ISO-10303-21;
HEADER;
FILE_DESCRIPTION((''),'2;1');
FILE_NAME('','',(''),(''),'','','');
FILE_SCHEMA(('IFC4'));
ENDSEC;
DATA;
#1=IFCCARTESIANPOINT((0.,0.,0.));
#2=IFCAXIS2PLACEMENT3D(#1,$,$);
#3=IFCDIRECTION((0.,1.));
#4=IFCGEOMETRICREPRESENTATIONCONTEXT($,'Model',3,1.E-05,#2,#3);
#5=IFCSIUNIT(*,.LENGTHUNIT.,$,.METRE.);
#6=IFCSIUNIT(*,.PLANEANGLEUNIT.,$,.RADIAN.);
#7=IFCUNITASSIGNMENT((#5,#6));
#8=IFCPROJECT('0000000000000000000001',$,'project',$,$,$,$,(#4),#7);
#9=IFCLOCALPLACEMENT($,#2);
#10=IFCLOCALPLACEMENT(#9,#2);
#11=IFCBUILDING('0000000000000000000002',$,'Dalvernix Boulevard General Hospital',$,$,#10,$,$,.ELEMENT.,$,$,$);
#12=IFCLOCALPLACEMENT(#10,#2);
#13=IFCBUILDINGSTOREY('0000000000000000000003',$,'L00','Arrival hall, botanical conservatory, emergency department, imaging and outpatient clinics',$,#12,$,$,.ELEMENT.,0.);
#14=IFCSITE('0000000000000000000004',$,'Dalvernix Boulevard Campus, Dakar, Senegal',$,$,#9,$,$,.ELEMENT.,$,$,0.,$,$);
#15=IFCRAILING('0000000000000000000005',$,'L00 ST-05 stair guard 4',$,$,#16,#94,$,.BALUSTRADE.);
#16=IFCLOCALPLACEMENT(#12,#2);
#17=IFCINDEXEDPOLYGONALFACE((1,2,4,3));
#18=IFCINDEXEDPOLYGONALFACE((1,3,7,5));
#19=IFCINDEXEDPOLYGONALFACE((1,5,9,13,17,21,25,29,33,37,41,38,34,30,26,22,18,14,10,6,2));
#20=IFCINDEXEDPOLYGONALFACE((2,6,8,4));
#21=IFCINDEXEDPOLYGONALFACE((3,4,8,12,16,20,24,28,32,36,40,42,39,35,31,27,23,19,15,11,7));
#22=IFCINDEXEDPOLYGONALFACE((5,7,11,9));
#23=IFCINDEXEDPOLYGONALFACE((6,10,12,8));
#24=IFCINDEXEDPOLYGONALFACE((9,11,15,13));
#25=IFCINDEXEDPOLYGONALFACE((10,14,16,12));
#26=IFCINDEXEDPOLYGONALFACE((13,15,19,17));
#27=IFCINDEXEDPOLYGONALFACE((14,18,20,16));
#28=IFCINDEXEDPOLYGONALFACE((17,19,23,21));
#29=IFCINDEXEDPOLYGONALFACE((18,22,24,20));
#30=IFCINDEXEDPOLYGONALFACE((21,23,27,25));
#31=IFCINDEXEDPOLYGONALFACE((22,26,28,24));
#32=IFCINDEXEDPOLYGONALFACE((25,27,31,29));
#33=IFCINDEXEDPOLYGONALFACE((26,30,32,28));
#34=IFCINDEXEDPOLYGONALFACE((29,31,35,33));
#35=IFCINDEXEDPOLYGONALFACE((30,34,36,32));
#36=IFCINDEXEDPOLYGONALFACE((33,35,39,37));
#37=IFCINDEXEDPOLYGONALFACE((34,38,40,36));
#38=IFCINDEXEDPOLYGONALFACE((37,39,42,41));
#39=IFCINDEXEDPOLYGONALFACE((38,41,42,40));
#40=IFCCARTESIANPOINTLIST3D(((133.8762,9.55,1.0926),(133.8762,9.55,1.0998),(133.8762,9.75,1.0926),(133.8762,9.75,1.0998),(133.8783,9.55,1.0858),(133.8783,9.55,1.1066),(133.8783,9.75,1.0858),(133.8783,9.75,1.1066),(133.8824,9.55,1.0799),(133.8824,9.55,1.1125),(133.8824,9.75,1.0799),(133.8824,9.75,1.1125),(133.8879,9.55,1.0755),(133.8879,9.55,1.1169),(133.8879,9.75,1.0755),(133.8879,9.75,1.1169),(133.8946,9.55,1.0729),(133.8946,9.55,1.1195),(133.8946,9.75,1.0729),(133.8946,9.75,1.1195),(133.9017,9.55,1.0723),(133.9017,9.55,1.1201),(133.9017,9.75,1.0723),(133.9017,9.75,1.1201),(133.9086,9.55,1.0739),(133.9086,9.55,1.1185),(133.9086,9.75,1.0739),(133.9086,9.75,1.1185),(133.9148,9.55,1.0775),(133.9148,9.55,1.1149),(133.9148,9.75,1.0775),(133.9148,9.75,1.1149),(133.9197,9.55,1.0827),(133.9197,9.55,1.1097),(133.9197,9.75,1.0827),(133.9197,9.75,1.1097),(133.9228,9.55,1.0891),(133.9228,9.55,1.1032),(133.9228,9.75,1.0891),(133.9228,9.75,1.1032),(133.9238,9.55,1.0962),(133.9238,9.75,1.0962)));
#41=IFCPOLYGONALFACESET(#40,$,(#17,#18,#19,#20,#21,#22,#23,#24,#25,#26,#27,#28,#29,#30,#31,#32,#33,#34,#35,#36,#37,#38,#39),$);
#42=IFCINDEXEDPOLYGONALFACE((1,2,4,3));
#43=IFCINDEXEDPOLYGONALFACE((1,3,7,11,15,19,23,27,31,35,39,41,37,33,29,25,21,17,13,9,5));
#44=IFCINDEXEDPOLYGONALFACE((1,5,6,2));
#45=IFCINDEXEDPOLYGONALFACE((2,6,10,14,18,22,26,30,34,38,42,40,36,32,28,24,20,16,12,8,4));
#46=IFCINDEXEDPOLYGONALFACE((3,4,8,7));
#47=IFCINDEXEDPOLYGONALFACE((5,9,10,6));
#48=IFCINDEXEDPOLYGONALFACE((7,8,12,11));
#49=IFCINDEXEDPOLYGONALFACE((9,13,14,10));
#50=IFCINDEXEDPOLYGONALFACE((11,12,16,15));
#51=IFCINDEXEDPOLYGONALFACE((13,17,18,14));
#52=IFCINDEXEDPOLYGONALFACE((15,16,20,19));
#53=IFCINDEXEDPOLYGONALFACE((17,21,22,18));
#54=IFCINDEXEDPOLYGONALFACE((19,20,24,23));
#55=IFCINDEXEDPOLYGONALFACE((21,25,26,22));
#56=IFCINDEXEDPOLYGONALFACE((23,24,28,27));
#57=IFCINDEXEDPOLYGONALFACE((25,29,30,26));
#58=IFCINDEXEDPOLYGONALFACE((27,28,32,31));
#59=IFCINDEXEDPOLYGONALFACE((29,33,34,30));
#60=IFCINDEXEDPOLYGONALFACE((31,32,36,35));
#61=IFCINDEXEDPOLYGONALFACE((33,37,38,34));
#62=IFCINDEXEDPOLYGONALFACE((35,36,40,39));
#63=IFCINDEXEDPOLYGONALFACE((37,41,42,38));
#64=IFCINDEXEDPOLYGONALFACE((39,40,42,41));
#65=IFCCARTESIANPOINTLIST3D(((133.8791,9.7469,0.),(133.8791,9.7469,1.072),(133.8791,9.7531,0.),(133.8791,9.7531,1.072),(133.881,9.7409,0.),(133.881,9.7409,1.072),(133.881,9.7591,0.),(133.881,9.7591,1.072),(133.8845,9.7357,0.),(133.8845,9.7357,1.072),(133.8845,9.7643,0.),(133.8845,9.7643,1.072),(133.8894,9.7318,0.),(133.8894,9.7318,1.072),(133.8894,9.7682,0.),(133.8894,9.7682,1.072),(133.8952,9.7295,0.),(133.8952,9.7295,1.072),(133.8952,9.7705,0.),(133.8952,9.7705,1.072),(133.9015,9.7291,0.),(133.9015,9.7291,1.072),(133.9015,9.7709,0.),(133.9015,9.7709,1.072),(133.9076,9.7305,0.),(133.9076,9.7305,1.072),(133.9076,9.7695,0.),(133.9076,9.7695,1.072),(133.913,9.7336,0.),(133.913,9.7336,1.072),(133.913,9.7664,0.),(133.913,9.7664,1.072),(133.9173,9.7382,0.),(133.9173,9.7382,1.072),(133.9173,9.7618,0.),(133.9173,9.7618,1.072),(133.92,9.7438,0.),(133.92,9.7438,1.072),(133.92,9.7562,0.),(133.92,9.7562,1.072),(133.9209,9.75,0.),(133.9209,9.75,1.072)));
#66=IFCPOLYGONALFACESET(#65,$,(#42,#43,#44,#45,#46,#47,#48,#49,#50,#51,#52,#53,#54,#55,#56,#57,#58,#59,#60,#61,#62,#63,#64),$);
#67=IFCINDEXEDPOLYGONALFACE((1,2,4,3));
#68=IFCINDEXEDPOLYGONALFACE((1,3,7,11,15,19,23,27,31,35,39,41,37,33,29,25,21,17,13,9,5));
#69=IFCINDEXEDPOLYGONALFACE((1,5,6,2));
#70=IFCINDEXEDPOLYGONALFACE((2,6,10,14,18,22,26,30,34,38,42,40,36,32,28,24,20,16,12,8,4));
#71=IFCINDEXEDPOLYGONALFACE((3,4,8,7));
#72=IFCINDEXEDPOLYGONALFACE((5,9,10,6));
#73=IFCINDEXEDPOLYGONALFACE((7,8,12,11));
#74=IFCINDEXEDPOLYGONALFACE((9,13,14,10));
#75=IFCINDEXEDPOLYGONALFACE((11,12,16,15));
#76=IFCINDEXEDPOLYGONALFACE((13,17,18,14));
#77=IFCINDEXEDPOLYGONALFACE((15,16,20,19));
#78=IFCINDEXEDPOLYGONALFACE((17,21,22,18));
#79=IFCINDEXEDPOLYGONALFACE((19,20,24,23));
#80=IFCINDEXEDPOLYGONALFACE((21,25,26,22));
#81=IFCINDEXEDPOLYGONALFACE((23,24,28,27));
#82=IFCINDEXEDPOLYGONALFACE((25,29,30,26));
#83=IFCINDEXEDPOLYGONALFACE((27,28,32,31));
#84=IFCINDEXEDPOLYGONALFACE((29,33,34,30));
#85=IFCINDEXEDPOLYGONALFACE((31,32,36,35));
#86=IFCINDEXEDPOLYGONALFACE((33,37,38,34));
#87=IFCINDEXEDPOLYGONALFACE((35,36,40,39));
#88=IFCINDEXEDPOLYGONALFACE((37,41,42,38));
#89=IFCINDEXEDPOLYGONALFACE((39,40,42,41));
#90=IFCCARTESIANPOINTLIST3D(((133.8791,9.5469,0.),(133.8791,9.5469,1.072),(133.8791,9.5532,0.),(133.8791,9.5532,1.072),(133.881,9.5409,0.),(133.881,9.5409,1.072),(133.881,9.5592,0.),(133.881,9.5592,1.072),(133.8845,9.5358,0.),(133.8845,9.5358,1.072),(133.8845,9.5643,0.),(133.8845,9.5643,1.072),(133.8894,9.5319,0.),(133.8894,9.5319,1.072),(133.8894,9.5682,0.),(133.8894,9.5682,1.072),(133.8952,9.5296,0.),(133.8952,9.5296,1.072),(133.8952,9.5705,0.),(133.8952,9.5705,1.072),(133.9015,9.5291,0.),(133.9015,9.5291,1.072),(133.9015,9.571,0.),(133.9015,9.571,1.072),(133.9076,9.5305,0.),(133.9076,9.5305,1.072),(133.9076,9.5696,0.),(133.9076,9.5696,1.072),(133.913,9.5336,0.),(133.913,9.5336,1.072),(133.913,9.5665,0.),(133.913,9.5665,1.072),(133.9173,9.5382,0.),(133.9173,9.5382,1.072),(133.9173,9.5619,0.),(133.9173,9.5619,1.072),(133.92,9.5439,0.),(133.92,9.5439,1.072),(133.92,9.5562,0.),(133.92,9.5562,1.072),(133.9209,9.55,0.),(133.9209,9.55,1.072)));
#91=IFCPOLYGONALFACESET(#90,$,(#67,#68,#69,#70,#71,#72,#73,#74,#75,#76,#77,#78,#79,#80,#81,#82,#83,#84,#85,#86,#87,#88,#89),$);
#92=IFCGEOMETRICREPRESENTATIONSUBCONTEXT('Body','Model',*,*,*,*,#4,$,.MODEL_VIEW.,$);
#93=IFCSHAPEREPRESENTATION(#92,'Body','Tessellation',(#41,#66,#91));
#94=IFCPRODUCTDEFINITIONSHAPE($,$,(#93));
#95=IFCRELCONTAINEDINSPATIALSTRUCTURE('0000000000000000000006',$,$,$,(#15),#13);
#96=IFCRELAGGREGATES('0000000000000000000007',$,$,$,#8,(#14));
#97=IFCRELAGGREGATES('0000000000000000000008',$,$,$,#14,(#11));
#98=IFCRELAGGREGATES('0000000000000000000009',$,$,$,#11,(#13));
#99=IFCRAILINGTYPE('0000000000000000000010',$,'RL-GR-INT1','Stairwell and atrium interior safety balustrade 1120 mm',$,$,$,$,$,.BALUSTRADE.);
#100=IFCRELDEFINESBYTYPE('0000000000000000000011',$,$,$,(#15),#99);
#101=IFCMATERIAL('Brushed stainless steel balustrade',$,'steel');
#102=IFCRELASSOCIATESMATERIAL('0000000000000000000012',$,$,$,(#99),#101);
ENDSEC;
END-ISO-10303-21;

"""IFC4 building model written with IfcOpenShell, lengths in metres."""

from ifc_helpers import new_model, si_unit, direction, frame, origin, origin_2d, place, context, subcontext, project, spatial, circle, extrude, material, type_object, element, save


model = new_model("IFC4")

# Units and contexts
model_context = context("Model", 3, precision=1e-05, world=origin(), true_north=direction((0.0, 1.0)))
body_context = subcontext(model_context, "Body", "Model", "MODEL_VIEW")
ifc_project = project(units=[si_unit("LENGTHUNIT", "METRE"), si_unit("PLANEANGLEUNIT", "RADIAN")], contexts=[model_context])

# Site, building, storey
site_placement = place(None, origin())
site = spatial("IfcSite", under=ifc_project, at=site_placement, Name="Dalvernix Boulevard Campus, Dakar, Senegal", CompositionType="ELEMENT", RefElevation=0.0)
building_placement = place(site_placement, origin())
building = spatial("IfcBuilding", under=site, at=building_placement, Name="Dalvernix Boulevard General Hospital", CompositionType="ELEMENT")
storey_placement = place(building_placement, origin())
storey = spatial("IfcBuildingStorey", under=building, at=storey_placement, Name="L00", Description="Arrival hall, botanical conservatory, emergency department, imaging and outpatient clinics", CompositionType="ELEMENT", Elevation=0.0)

# Railing
ifc_material_1 = material(Name="Brushed stainless steel balustrade", Category="steel")
railing_type_1 = type_object("IfcRailingType", Name="RL-GR-INT1", Description="Stairwell and atrium interior safety balustrade 1120 mm", PredefinedType="BALUSTRADE", material=ifc_material_1)
railing_1_placement = place(storey_placement, frame((133.8999, 9.75, 0.0)))
element("IfcRailing", 1, at=railing_1_placement, inside=storey, type_object=railing_type_1, Name="L00 ST-05 stair guard 4", PredefinedType="BALUSTRADE", context=body_context, shape_type="SweptSolid", body=[
    extrude(circle(Radius=0.0239, at=origin_2d()), frame((0.0, 0.0, 1.0962), z_axis=(0.0, -1.0, 0.0), x_axis=(1.0, 0.0, 0.0)), (0.0, 0.0, 1.0), 0.2),
    extrude(circle(Radius=0.021, at=origin_2d()), origin(), (0.0, 0.0, 1.0), 1.072),
    extrude(circle(Radius=0.021, at=origin_2d()), frame((0.0, -0.2, 0.0)), (0.0, 0.0, 1.0), 1.072),
])

save(model, "model.ifc")
